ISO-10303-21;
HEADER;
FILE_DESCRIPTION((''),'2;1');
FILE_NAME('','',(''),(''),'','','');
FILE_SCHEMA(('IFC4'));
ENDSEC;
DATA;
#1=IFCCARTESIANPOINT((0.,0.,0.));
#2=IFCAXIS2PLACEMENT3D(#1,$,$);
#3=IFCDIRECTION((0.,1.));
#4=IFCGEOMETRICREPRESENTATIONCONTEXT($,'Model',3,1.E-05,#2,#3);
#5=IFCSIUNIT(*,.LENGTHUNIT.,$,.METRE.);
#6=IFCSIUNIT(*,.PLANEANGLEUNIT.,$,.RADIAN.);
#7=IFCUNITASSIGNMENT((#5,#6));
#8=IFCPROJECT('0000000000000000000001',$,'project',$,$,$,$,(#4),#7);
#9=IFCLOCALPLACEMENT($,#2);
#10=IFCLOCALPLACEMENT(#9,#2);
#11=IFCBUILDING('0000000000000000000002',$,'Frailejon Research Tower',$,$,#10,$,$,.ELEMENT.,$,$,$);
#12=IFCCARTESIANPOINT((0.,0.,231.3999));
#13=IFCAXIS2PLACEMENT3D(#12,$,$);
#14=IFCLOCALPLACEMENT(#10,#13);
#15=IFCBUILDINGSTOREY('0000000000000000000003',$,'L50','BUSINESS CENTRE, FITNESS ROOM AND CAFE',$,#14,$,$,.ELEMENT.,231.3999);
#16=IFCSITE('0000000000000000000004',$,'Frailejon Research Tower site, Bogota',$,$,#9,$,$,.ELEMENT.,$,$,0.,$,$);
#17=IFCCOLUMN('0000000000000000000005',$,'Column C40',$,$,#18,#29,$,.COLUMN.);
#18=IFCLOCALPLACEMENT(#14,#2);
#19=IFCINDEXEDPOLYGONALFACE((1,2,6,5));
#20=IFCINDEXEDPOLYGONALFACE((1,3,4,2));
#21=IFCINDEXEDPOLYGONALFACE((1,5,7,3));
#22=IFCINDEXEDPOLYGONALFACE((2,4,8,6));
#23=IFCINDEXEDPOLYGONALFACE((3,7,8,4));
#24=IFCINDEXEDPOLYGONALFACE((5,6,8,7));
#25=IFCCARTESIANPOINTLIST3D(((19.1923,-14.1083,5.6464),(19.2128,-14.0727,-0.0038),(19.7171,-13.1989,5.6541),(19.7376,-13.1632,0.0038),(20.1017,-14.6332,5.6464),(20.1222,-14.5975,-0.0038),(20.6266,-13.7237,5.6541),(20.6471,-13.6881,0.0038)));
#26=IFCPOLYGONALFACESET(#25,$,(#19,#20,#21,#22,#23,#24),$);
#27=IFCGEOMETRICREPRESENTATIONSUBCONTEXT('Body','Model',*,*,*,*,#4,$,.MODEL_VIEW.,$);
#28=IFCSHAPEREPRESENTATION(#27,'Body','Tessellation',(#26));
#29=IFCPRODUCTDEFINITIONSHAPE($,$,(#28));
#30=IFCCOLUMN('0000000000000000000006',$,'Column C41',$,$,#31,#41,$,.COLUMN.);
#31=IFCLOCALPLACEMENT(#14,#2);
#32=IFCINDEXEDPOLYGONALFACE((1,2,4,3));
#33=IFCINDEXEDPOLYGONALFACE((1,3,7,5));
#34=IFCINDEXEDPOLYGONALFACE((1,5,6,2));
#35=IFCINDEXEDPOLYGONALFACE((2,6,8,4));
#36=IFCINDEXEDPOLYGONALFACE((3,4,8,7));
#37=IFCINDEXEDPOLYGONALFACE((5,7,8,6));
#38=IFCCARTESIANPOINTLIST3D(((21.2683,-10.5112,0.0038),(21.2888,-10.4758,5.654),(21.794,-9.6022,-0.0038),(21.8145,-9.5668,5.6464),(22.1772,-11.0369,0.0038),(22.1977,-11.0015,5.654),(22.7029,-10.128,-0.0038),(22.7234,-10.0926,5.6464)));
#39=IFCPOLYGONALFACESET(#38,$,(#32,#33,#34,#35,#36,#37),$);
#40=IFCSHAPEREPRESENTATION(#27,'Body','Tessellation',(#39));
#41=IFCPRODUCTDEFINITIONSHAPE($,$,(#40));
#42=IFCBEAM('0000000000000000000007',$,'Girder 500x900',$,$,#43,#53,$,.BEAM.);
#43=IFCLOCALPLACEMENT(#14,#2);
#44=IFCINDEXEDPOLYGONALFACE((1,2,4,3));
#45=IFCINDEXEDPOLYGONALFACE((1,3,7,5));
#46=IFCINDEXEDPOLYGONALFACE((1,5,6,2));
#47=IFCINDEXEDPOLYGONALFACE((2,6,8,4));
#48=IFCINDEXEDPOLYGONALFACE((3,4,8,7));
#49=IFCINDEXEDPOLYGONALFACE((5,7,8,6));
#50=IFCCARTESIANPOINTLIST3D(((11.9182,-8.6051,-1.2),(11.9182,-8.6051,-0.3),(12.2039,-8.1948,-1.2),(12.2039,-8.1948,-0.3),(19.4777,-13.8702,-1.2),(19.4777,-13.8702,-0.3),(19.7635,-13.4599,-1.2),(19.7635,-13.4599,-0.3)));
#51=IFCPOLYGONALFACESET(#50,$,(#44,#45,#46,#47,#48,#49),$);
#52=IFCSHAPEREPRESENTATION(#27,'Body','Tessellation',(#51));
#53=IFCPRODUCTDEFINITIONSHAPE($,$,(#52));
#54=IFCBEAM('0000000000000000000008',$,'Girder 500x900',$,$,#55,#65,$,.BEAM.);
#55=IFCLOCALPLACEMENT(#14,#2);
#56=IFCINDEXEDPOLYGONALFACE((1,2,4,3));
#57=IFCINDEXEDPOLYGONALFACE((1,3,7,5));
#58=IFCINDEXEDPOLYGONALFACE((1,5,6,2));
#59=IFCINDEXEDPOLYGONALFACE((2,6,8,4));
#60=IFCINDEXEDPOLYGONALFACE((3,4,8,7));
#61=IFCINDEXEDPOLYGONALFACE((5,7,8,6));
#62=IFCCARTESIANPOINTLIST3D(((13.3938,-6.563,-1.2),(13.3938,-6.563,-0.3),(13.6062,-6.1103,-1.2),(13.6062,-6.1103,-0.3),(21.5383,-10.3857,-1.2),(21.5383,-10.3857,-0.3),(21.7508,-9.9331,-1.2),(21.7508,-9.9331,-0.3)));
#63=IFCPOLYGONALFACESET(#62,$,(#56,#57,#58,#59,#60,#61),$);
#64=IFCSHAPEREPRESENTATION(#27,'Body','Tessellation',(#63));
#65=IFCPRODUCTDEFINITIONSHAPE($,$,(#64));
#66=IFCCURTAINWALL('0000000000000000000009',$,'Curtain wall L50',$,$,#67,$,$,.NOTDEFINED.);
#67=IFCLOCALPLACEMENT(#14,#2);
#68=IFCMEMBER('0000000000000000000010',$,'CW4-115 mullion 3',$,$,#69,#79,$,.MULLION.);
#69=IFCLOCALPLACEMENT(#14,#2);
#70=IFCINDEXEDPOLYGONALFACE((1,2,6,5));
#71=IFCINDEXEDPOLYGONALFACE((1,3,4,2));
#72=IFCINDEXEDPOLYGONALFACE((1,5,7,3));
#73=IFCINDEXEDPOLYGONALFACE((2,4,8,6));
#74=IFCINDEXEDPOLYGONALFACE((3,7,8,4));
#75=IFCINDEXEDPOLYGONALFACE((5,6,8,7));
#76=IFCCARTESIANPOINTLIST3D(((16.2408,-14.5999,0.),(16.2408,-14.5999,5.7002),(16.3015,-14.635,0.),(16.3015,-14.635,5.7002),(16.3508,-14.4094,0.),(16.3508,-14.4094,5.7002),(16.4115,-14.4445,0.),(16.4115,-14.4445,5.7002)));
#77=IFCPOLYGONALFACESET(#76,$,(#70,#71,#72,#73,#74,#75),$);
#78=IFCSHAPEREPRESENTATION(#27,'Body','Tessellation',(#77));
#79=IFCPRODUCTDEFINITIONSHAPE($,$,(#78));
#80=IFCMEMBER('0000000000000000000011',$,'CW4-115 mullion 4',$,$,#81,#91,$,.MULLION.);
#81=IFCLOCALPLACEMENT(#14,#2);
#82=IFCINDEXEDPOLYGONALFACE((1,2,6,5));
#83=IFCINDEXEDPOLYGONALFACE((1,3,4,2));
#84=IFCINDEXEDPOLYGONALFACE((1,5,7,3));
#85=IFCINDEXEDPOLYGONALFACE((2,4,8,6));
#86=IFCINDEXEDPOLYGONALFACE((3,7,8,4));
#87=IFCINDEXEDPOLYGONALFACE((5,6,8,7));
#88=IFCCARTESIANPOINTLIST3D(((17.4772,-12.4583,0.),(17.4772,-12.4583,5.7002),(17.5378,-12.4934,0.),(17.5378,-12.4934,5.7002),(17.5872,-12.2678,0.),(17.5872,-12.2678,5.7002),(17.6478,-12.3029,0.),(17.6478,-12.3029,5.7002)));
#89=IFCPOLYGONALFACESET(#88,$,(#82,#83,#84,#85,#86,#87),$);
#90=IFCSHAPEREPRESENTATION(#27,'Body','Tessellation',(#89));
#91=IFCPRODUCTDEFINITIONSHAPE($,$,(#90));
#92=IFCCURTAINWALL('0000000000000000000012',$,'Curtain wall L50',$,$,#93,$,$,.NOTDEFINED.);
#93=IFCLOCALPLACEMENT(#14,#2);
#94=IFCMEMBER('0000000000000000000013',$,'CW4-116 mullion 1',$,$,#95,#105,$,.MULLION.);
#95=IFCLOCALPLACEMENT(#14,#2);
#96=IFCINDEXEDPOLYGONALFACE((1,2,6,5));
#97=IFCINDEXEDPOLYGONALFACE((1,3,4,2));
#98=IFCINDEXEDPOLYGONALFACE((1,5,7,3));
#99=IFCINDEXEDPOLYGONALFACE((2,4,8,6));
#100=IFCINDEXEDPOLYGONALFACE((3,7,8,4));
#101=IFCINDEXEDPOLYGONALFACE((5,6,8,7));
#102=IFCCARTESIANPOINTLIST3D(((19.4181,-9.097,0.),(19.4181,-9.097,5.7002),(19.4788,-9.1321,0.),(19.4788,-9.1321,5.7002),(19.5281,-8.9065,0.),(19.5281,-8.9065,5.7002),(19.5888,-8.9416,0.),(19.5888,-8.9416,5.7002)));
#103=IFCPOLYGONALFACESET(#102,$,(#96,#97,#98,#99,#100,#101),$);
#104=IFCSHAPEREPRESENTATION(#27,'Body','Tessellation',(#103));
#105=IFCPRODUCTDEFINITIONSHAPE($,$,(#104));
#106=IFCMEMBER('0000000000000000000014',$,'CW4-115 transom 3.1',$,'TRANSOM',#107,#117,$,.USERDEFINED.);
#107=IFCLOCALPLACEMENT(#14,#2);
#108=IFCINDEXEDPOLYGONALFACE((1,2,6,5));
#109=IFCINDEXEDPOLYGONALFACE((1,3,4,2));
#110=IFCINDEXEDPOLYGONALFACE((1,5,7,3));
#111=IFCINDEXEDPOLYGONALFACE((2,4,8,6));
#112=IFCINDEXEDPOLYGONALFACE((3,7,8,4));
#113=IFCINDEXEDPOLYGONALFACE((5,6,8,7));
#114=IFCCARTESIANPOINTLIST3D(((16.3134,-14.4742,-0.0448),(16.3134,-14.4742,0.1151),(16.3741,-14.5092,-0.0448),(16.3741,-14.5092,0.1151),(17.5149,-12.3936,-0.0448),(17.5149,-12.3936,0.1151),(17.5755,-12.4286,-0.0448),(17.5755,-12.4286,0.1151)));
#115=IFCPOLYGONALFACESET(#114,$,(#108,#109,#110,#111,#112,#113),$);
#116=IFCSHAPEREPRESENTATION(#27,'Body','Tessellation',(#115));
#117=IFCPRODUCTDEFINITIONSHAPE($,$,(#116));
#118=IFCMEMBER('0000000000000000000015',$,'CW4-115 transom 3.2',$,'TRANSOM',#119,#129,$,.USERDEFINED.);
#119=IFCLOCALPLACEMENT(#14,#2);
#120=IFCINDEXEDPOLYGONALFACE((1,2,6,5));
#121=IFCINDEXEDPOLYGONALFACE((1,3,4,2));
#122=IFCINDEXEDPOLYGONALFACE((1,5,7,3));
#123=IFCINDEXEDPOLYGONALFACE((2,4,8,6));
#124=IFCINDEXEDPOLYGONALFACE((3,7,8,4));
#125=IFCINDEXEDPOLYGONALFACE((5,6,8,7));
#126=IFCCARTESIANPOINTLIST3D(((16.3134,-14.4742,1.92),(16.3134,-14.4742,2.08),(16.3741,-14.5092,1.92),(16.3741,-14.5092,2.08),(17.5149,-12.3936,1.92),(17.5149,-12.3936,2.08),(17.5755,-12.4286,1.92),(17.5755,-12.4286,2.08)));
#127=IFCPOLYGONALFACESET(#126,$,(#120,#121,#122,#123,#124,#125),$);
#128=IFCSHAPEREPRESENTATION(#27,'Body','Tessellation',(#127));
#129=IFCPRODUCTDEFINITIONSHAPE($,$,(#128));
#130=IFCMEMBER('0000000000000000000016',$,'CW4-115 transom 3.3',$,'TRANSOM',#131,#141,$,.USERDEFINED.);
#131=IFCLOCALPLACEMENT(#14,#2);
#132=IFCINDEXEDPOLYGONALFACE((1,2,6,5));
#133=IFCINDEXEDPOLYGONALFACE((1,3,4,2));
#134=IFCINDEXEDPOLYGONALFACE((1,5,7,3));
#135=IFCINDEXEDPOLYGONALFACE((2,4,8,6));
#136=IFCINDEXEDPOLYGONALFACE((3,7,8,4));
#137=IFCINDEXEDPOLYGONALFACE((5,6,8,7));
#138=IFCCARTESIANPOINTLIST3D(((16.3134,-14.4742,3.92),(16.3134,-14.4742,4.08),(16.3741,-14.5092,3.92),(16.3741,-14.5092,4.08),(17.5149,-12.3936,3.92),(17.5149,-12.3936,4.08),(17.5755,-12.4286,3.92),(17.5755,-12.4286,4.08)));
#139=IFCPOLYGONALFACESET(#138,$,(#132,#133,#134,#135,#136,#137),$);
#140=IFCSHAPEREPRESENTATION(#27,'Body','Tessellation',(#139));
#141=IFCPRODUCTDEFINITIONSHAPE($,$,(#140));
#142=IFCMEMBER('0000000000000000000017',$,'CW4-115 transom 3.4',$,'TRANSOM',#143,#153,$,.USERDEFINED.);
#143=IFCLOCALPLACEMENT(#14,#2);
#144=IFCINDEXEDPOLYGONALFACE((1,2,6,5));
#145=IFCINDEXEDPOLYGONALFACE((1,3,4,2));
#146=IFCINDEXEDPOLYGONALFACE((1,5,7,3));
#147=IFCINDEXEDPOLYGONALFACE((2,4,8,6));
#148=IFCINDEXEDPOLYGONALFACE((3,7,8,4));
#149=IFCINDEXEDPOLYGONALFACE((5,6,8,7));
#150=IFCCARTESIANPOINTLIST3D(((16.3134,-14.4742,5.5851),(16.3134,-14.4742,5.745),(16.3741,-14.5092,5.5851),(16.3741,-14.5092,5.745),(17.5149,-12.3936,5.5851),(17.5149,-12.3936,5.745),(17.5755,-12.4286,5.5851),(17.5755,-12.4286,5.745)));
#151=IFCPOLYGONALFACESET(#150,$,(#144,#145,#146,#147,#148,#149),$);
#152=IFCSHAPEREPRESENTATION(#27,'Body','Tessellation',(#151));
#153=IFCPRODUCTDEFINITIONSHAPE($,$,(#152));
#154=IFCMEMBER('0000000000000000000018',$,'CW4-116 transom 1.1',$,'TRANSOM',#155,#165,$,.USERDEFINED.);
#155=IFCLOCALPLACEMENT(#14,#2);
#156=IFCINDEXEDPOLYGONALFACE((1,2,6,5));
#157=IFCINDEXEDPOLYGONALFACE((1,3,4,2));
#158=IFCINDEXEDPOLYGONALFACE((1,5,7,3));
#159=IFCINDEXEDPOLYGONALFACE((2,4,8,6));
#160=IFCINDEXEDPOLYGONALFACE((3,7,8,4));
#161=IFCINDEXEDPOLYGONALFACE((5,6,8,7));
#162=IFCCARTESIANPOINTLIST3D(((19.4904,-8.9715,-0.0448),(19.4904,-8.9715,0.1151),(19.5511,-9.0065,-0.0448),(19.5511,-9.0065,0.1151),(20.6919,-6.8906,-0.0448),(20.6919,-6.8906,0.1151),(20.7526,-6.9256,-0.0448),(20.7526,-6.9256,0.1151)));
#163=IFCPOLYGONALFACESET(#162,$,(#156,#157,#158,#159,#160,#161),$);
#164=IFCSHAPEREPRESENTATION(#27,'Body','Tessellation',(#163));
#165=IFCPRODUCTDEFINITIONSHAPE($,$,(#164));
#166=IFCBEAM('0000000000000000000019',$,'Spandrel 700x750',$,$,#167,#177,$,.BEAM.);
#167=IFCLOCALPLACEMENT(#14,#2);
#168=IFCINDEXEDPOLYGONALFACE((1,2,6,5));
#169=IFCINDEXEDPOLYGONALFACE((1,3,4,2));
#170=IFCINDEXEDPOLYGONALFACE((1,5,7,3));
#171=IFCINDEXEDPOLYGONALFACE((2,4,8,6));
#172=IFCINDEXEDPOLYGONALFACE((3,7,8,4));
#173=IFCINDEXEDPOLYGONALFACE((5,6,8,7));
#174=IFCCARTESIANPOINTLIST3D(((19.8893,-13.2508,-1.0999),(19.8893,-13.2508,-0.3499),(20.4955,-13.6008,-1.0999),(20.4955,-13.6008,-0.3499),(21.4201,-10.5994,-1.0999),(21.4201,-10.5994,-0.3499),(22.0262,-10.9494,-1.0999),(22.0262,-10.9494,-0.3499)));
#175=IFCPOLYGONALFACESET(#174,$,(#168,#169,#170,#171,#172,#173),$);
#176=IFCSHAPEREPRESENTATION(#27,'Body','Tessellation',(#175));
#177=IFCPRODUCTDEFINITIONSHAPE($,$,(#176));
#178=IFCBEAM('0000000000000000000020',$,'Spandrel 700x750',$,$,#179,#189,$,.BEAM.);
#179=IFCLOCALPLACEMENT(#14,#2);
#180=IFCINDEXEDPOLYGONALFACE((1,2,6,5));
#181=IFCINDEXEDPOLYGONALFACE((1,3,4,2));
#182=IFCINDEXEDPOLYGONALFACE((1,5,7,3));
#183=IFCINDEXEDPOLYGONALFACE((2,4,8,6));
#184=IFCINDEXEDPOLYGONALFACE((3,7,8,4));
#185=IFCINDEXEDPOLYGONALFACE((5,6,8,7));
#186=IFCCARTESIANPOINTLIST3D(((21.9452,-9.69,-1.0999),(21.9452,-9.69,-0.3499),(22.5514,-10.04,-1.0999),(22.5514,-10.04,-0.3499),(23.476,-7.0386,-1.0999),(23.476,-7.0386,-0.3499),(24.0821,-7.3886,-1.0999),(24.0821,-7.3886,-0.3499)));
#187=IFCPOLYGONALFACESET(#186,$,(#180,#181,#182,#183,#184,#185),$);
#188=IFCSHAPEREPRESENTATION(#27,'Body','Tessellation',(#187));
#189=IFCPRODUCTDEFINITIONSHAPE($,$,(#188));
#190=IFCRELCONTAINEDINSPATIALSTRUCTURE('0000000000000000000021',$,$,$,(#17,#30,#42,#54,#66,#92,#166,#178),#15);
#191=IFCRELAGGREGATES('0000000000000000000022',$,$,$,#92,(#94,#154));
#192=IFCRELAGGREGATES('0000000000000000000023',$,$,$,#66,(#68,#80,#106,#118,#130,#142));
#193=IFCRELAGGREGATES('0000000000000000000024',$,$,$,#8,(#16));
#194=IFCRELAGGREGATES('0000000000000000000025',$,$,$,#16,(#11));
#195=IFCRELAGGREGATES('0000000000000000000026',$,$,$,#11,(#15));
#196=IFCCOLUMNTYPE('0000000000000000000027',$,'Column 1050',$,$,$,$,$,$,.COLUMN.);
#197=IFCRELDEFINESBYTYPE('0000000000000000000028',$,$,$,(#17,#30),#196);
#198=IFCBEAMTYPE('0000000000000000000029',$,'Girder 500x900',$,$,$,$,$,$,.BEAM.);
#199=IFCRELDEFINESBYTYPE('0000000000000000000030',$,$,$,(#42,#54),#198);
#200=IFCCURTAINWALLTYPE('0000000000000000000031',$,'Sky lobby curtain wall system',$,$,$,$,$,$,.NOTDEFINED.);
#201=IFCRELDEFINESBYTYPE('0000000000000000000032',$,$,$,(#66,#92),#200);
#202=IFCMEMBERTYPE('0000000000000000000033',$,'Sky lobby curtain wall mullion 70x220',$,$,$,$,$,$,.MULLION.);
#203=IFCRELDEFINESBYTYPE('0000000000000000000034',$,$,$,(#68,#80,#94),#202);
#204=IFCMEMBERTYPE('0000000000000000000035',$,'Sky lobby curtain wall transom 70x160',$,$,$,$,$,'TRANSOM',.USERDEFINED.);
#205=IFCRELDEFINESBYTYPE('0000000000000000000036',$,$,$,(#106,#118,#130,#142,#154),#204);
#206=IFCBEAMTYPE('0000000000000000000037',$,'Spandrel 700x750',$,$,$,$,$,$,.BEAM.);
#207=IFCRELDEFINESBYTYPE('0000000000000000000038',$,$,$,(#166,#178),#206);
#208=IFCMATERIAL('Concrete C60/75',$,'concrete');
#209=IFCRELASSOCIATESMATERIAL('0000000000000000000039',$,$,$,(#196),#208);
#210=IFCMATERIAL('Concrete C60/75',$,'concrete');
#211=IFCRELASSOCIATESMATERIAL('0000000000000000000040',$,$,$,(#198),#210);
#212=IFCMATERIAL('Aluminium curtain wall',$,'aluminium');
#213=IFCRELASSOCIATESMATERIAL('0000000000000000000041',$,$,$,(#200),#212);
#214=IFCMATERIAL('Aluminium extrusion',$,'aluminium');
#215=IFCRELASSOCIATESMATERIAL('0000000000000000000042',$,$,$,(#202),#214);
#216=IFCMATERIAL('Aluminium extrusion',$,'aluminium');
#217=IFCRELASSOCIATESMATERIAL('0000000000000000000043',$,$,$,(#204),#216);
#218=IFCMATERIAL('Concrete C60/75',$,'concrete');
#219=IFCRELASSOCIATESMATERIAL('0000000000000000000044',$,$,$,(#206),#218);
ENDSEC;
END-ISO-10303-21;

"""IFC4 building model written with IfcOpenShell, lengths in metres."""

from ifc_helpers import new_model, si_unit, direction, frame, origin, origin_2d, place, context, subcontext, project, spatial, rectangle, extrude, material, material_profile, profile_set, type_object, element, aggregate, save


model = new_model("IFC4")

# Units and contexts
model_context = context("Model", 3, precision=1e-05, world=origin(), true_north=direction((0.0, 1.0)))
body_context = subcontext(model_context, "Body", "Model", "MODEL_VIEW")
ifc_project = project(units=[si_unit("LENGTHUNIT", "METRE"), si_unit("PLANEANGLEUNIT", "RADIAN")], contexts=[model_context])

# Site, building, storey
site_placement = place(None, origin())
site = spatial("IfcSite", under=ifc_project, at=site_placement, Name="Frailejon Research Tower site, Bogota", CompositionType="ELEMENT", RefElevation=0.0)
building_placement = place(site_placement, origin())
building = spatial("IfcBuilding", under=site, at=building_placement, Name="Frailejon Research Tower", CompositionType="ELEMENT")
storey_placement = place(building_placement, frame((0.0, 0.0, 231.3999)))
storey = spatial("IfcBuildingStorey", under=building, at=storey_placement, Name="L50", Description="BUSINESS CENTRE, FITNESS ROOM AND CAFE", CompositionType="ELEMENT", Elevation=231.3999)

# Columns
ifc_material_1 = material(Name="Concrete C60/75", Category="concrete")
ifc_material_profile_1 = material_profile(ifc_material_1, rectangle(XDim=1.05, YDim=1.05, at=origin_2d()), Name="Column 1050")
ifc_profile_set_1 = profile_set([ifc_material_profile_1], Name="Concrete C60/75")
column_type = type_object("IfcColumnType", Name="Column 1050", PredefinedType="COLUMN", material=ifc_profile_set_1)
for number, where, z_axis, x_axis, name in (
    (1, (19.9299, -13.8804, 0.0), (-0.00363, -0.006308, 0.999974), (0.499821, 0.866098, 0.007278), "Column C40"),
    (2, (21.9856, -10.3196, 0.0), (0.00363, 0.006265, 0.999974), (0.500675, 0.865605, -0.007241), "Column C41"),
):
    element("IfcColumn", number, at=place(storey_placement, frame(where, z_axis=z_axis, x_axis=x_axis)), inside=storey, type_object=column_type, Name=name, PredefinedType="COLUMN", context=body_context, shape_type="SweptSolid", body=[
        extrude(rectangle(XDim=1.05, YDim=1.05, at=origin_2d()), origin(), (0.0, 0.0, 1.0), 5.6504),
    ])

# Beams
ifc_material_2 = material(Name="Concrete C60/75", Category="concrete")
ifc_material_profile_2 = material_profile(ifc_material_2, rectangle(XDim=0.5, YDim=0.8999, at=origin_2d()), Name="Girder 500x900")
ifc_profile_set_2 = profile_set([ifc_material_profile_2], Name="Concrete C60/75")
beam_type_1 = type_object("IfcBeamType", Name="Girder 500x900", PredefinedType="BEAM", material=ifc_profile_set_2)
beam_1_placement = place(storey_placement, frame((19.6206, -13.665, -0.75), z_axis=(-0.820584, 0.571526, 0.0), x_axis=(-0.571526, -0.820584, 0.0)))
element("IfcBeam", 3, at=beam_1_placement, inside=storey, type_object=beam_type_1, Name="Girder 500x900", PredefinedType="BEAM", context=body_context, shape_type="SweptSolid", body=[
    extrude(rectangle(XDim=0.5, YDim=0.8999, at=origin_2d()), origin(), (0.0, 0.0, 1.0), 9.2124),
])
beam_2_placement = place(storey_placement, frame((21.6445, -10.1594, -0.75), z_axis=(-0.905245, 0.42489, 0.0), x_axis=(-0.42489, -0.905245, 0.0)))
element("IfcBeam", 4, at=beam_2_placement, inside=storey, type_object=beam_type_1, Name="Girder 500x900", PredefinedType="BEAM", context=body_context, shape_type="SweptSolid", body=[
    extrude(rectangle(XDim=0.5, YDim=0.8999, at=origin_2d()), origin(), (0.0, 0.0, 1.0), 8.9971),
])

# Curtain wall, members
ifc_material_3 = material(Name="Aluminium curtain wall", Category="aluminium")
curtain_wall_type = type_object("IfcCurtainWallType", Name="Sky lobby curtain wall system", PredefinedType="NOTDEFINED", material=ifc_material_3)
curtain_wall_1_placement = place(storey_placement, origin())
curtain_wall_1 = element("IfcCurtainWall", 5, at=curtain_wall_1_placement, inside=storey, type_object=curtain_wall_type, Name="Curtain wall L50", PredefinedType="NOTDEFINED")
ifc_material_4 = material(Name="Aluminium extrusion", Category="aluminium")
ifc_material_profile_3 = material_profile(ifc_material_4, rectangle(XDim=0.0701, YDim=0.22, at=origin_2d()), Name="Sky lobby curtain wall mullion 70x220")
ifc_profile_set_3 = profile_set([ifc_material_profile_3], Name="Aluminium extrusion")
member_type_1 = type_object("IfcMemberType", Name="Sky lobby curtain wall mullion 70x220", PredefinedType="MULLION", material=ifc_profile_set_3)
member_1_placement = place(storey_placement, frame((16.3262, -14.5222, 0.0), z_axis=(0.0, 0.0, 1.0), x_axis=(-0.866025, 0.500001, 0.0)))
member_1 = element("IfcMember", 6, at=member_1_placement, type_object=member_type_1, Name="CW4-115 mullion 3", PredefinedType="MULLION", context=body_context, shape_type="SweptSolid", body=[
    extrude(rectangle(XDim=0.0701, YDim=0.22, at=origin_2d()), origin(), (0.0, 0.0, 1.0), 5.7002),
])
member_2_placement = place(storey_placement, frame((17.5625, -12.3806, 0.0), z_axis=(0.0, 0.0, 1.0), x_axis=(-0.866025, 0.500001, 0.0)))
member_2 = element("IfcMember", 7, at=member_2_placement, type_object=member_type_1, Name="CW4-115 mullion 4", PredefinedType="MULLION", context=body_context, shape_type="SweptSolid", body=[
    extrude(rectangle(XDim=0.0701, YDim=0.22, at=origin_2d()), origin(), (0.0, 0.0, 1.0), 5.7002),
])

# Curtain wall, member
curtain_wall_2_placement = place(storey_placement, origin())
curtain_wall_2 = element("IfcCurtainWall", 8, at=curtain_wall_2_placement, inside=storey, type_object=curtain_wall_type, Name="Curtain wall L50", PredefinedType="NOTDEFINED")
member_3_placement = place(storey_placement, frame((19.5034, -9.0193, 0.0), z_axis=(0.0, 0.0, 1.0), x_axis=(-0.866025, 0.500001, 0.0)))
member_3 = element("IfcMember", 9, at=member_3_placement, type_object=member_type_1, Name="CW4-116 mullion 1", PredefinedType="MULLION", context=body_context, shape_type="SweptSolid", body=[
    extrude(rectangle(XDim=0.0701, YDim=0.22, at=origin_2d()), origin(), (0.0, 0.0, 1.0), 5.7002),
])

# Members
ifc_material_5 = material(Name="Aluminium extrusion", Category="aluminium")
ifc_material_profile_4 = material_profile(ifc_material_5, rectangle(XDim=0.0701, YDim=0.1599, at=origin_2d()), Name="Sky lobby curtain wall transom 70x160")
ifc_profile_set_4 = profile_set([ifc_material_profile_4], Name="Aluminium extrusion")
member_type_2 = type_object("IfcMemberType", Name="Sky lobby curtain wall transom 70x160", ElementType="TRANSOM", PredefinedType="USERDEFINED", material=ifc_profile_set_4)
member_4_placement = place(storey_placement, frame((16.3438, -14.4917, 0.0352), z_axis=(0.500063, 0.865989, 0.0), x_axis=(-0.865989, 0.500063, 0.0)))
member_4 = element("IfcMember", 10, at=member_4_placement, type_object=member_type_2, Name="CW4-115 transom 3.1", ObjectType="TRANSOM", PredefinedType="USERDEFINED", context=body_context, shape_type="SweptSolid", body=[
    extrude(rectangle(XDim=0.0701, YDim=0.1599, at=origin_2d()), origin(), (0.0, 0.0, 1.0), 2.4026),
])
member_5_placement = place(storey_placement, frame((16.3438, -14.4917, 2.0), z_axis=(0.500063, 0.865989, 0.0), x_axis=(-0.865989, 0.500063, 0.0)))
member_5 = element("IfcMember", 11, at=member_5_placement, type_object=member_type_2, Name="CW4-115 transom 3.2", ObjectType="TRANSOM", PredefinedType="USERDEFINED", context=body_context, shape_type="SweptSolid", body=[
    extrude(rectangle(XDim=0.0701, YDim=0.1599, at=origin_2d()), origin(), (0.0, 0.0, 1.0), 2.4026),
])
member_6_placement = place(storey_placement, frame((16.3438, -14.4917, 4.0), z_axis=(0.500063, 0.865989, 0.0), x_axis=(-0.865989, 0.500063, 0.0)))
member_6 = element("IfcMember", 12, at=member_6_placement, type_object=member_type_2, Name="CW4-115 transom 3.3", ObjectType="TRANSOM", PredefinedType="USERDEFINED", context=body_context, shape_type="SweptSolid", body=[
    extrude(rectangle(XDim=0.0701, YDim=0.1599, at=origin_2d()), origin(), (0.0, 0.0, 1.0), 2.4026),
])
member_7_placement = place(storey_placement, frame((16.3438, -14.4917, 5.665), z_axis=(0.500063, 0.865989, 0.0), x_axis=(-0.865989, 0.500063, 0.0)))
member_7 = element("IfcMember", 13, at=member_7_placement, type_object=member_type_2, Name="CW4-115 transom 3.4", ObjectType="TRANSOM", PredefinedType="USERDEFINED", context=body_context, shape_type="SweptSolid", body=[
    extrude(rectangle(XDim=0.0701, YDim=0.1599, at=origin_2d()), origin(), (0.0, 0.0, 1.0), 2.4026),
])
member_8_placement = place(storey_placement, frame((19.5208, -8.989, 0.0352), z_axis=(0.500019, 0.866015, 0.0), x_axis=(-0.866015, 0.500019, 0.0)))
member_8 = element("IfcMember", 14, at=member_8_placement, type_object=member_type_2, Name="CW4-116 transom 1.1", ObjectType="TRANSOM", PredefinedType="USERDEFINED", context=body_context, shape_type="SweptSolid", body=[
    extrude(rectangle(XDim=0.0701, YDim=0.1599, at=origin_2d()), origin(), (0.0, 0.0, 1.0), 2.4028),
])
aggregate(curtain_wall_2, [member_3, member_8])

# Beams
ifc_material_6 = material(Name="Concrete C60/75", Category="concrete")
ifc_material_profile_5 = material_profile(ifc_material_6, rectangle(XDim=0.7, YDim=0.75, at=origin_2d()), Name="Spandrel 700x750")
ifc_profile_set_5 = profile_set([ifc_material_profile_5], Name="Concrete C60/75")
beam_type_2 = type_object("IfcBeamType", Name="Spandrel 700x750", PredefinedType="BEAM", material=ifc_profile_set_5)
for number, where, z_axis, x_axis, name in (
    (15, (20.1924, -13.4258, -0.7249), (0.499999, 0.866026, 0.0), (-0.866026, 0.499999, 0.0), "Spandrel 700x750"),
    (16, (22.2483, -9.865, -0.7249), (0.499999, 0.866026, 0.0), (-0.866026, 0.499999, 0.0), "Spandrel 700x750"),
):
    element("IfcBeam", number, at=place(storey_placement, frame(where, z_axis=z_axis, x_axis=x_axis)), inside=storey, type_object=beam_type_2, Name=name, PredefinedType="BEAM", context=body_context, shape_type="SweptSolid", body=[
        extrude(rectangle(XDim=0.7, YDim=0.75, at=origin_2d()), origin(), (0.0, 0.0, 1.0), 3.0615),
    ])

aggregate(curtain_wall_1, [member_1, member_2, member_4, member_5, member_6, member_7])

save(model, "model.ifc")
